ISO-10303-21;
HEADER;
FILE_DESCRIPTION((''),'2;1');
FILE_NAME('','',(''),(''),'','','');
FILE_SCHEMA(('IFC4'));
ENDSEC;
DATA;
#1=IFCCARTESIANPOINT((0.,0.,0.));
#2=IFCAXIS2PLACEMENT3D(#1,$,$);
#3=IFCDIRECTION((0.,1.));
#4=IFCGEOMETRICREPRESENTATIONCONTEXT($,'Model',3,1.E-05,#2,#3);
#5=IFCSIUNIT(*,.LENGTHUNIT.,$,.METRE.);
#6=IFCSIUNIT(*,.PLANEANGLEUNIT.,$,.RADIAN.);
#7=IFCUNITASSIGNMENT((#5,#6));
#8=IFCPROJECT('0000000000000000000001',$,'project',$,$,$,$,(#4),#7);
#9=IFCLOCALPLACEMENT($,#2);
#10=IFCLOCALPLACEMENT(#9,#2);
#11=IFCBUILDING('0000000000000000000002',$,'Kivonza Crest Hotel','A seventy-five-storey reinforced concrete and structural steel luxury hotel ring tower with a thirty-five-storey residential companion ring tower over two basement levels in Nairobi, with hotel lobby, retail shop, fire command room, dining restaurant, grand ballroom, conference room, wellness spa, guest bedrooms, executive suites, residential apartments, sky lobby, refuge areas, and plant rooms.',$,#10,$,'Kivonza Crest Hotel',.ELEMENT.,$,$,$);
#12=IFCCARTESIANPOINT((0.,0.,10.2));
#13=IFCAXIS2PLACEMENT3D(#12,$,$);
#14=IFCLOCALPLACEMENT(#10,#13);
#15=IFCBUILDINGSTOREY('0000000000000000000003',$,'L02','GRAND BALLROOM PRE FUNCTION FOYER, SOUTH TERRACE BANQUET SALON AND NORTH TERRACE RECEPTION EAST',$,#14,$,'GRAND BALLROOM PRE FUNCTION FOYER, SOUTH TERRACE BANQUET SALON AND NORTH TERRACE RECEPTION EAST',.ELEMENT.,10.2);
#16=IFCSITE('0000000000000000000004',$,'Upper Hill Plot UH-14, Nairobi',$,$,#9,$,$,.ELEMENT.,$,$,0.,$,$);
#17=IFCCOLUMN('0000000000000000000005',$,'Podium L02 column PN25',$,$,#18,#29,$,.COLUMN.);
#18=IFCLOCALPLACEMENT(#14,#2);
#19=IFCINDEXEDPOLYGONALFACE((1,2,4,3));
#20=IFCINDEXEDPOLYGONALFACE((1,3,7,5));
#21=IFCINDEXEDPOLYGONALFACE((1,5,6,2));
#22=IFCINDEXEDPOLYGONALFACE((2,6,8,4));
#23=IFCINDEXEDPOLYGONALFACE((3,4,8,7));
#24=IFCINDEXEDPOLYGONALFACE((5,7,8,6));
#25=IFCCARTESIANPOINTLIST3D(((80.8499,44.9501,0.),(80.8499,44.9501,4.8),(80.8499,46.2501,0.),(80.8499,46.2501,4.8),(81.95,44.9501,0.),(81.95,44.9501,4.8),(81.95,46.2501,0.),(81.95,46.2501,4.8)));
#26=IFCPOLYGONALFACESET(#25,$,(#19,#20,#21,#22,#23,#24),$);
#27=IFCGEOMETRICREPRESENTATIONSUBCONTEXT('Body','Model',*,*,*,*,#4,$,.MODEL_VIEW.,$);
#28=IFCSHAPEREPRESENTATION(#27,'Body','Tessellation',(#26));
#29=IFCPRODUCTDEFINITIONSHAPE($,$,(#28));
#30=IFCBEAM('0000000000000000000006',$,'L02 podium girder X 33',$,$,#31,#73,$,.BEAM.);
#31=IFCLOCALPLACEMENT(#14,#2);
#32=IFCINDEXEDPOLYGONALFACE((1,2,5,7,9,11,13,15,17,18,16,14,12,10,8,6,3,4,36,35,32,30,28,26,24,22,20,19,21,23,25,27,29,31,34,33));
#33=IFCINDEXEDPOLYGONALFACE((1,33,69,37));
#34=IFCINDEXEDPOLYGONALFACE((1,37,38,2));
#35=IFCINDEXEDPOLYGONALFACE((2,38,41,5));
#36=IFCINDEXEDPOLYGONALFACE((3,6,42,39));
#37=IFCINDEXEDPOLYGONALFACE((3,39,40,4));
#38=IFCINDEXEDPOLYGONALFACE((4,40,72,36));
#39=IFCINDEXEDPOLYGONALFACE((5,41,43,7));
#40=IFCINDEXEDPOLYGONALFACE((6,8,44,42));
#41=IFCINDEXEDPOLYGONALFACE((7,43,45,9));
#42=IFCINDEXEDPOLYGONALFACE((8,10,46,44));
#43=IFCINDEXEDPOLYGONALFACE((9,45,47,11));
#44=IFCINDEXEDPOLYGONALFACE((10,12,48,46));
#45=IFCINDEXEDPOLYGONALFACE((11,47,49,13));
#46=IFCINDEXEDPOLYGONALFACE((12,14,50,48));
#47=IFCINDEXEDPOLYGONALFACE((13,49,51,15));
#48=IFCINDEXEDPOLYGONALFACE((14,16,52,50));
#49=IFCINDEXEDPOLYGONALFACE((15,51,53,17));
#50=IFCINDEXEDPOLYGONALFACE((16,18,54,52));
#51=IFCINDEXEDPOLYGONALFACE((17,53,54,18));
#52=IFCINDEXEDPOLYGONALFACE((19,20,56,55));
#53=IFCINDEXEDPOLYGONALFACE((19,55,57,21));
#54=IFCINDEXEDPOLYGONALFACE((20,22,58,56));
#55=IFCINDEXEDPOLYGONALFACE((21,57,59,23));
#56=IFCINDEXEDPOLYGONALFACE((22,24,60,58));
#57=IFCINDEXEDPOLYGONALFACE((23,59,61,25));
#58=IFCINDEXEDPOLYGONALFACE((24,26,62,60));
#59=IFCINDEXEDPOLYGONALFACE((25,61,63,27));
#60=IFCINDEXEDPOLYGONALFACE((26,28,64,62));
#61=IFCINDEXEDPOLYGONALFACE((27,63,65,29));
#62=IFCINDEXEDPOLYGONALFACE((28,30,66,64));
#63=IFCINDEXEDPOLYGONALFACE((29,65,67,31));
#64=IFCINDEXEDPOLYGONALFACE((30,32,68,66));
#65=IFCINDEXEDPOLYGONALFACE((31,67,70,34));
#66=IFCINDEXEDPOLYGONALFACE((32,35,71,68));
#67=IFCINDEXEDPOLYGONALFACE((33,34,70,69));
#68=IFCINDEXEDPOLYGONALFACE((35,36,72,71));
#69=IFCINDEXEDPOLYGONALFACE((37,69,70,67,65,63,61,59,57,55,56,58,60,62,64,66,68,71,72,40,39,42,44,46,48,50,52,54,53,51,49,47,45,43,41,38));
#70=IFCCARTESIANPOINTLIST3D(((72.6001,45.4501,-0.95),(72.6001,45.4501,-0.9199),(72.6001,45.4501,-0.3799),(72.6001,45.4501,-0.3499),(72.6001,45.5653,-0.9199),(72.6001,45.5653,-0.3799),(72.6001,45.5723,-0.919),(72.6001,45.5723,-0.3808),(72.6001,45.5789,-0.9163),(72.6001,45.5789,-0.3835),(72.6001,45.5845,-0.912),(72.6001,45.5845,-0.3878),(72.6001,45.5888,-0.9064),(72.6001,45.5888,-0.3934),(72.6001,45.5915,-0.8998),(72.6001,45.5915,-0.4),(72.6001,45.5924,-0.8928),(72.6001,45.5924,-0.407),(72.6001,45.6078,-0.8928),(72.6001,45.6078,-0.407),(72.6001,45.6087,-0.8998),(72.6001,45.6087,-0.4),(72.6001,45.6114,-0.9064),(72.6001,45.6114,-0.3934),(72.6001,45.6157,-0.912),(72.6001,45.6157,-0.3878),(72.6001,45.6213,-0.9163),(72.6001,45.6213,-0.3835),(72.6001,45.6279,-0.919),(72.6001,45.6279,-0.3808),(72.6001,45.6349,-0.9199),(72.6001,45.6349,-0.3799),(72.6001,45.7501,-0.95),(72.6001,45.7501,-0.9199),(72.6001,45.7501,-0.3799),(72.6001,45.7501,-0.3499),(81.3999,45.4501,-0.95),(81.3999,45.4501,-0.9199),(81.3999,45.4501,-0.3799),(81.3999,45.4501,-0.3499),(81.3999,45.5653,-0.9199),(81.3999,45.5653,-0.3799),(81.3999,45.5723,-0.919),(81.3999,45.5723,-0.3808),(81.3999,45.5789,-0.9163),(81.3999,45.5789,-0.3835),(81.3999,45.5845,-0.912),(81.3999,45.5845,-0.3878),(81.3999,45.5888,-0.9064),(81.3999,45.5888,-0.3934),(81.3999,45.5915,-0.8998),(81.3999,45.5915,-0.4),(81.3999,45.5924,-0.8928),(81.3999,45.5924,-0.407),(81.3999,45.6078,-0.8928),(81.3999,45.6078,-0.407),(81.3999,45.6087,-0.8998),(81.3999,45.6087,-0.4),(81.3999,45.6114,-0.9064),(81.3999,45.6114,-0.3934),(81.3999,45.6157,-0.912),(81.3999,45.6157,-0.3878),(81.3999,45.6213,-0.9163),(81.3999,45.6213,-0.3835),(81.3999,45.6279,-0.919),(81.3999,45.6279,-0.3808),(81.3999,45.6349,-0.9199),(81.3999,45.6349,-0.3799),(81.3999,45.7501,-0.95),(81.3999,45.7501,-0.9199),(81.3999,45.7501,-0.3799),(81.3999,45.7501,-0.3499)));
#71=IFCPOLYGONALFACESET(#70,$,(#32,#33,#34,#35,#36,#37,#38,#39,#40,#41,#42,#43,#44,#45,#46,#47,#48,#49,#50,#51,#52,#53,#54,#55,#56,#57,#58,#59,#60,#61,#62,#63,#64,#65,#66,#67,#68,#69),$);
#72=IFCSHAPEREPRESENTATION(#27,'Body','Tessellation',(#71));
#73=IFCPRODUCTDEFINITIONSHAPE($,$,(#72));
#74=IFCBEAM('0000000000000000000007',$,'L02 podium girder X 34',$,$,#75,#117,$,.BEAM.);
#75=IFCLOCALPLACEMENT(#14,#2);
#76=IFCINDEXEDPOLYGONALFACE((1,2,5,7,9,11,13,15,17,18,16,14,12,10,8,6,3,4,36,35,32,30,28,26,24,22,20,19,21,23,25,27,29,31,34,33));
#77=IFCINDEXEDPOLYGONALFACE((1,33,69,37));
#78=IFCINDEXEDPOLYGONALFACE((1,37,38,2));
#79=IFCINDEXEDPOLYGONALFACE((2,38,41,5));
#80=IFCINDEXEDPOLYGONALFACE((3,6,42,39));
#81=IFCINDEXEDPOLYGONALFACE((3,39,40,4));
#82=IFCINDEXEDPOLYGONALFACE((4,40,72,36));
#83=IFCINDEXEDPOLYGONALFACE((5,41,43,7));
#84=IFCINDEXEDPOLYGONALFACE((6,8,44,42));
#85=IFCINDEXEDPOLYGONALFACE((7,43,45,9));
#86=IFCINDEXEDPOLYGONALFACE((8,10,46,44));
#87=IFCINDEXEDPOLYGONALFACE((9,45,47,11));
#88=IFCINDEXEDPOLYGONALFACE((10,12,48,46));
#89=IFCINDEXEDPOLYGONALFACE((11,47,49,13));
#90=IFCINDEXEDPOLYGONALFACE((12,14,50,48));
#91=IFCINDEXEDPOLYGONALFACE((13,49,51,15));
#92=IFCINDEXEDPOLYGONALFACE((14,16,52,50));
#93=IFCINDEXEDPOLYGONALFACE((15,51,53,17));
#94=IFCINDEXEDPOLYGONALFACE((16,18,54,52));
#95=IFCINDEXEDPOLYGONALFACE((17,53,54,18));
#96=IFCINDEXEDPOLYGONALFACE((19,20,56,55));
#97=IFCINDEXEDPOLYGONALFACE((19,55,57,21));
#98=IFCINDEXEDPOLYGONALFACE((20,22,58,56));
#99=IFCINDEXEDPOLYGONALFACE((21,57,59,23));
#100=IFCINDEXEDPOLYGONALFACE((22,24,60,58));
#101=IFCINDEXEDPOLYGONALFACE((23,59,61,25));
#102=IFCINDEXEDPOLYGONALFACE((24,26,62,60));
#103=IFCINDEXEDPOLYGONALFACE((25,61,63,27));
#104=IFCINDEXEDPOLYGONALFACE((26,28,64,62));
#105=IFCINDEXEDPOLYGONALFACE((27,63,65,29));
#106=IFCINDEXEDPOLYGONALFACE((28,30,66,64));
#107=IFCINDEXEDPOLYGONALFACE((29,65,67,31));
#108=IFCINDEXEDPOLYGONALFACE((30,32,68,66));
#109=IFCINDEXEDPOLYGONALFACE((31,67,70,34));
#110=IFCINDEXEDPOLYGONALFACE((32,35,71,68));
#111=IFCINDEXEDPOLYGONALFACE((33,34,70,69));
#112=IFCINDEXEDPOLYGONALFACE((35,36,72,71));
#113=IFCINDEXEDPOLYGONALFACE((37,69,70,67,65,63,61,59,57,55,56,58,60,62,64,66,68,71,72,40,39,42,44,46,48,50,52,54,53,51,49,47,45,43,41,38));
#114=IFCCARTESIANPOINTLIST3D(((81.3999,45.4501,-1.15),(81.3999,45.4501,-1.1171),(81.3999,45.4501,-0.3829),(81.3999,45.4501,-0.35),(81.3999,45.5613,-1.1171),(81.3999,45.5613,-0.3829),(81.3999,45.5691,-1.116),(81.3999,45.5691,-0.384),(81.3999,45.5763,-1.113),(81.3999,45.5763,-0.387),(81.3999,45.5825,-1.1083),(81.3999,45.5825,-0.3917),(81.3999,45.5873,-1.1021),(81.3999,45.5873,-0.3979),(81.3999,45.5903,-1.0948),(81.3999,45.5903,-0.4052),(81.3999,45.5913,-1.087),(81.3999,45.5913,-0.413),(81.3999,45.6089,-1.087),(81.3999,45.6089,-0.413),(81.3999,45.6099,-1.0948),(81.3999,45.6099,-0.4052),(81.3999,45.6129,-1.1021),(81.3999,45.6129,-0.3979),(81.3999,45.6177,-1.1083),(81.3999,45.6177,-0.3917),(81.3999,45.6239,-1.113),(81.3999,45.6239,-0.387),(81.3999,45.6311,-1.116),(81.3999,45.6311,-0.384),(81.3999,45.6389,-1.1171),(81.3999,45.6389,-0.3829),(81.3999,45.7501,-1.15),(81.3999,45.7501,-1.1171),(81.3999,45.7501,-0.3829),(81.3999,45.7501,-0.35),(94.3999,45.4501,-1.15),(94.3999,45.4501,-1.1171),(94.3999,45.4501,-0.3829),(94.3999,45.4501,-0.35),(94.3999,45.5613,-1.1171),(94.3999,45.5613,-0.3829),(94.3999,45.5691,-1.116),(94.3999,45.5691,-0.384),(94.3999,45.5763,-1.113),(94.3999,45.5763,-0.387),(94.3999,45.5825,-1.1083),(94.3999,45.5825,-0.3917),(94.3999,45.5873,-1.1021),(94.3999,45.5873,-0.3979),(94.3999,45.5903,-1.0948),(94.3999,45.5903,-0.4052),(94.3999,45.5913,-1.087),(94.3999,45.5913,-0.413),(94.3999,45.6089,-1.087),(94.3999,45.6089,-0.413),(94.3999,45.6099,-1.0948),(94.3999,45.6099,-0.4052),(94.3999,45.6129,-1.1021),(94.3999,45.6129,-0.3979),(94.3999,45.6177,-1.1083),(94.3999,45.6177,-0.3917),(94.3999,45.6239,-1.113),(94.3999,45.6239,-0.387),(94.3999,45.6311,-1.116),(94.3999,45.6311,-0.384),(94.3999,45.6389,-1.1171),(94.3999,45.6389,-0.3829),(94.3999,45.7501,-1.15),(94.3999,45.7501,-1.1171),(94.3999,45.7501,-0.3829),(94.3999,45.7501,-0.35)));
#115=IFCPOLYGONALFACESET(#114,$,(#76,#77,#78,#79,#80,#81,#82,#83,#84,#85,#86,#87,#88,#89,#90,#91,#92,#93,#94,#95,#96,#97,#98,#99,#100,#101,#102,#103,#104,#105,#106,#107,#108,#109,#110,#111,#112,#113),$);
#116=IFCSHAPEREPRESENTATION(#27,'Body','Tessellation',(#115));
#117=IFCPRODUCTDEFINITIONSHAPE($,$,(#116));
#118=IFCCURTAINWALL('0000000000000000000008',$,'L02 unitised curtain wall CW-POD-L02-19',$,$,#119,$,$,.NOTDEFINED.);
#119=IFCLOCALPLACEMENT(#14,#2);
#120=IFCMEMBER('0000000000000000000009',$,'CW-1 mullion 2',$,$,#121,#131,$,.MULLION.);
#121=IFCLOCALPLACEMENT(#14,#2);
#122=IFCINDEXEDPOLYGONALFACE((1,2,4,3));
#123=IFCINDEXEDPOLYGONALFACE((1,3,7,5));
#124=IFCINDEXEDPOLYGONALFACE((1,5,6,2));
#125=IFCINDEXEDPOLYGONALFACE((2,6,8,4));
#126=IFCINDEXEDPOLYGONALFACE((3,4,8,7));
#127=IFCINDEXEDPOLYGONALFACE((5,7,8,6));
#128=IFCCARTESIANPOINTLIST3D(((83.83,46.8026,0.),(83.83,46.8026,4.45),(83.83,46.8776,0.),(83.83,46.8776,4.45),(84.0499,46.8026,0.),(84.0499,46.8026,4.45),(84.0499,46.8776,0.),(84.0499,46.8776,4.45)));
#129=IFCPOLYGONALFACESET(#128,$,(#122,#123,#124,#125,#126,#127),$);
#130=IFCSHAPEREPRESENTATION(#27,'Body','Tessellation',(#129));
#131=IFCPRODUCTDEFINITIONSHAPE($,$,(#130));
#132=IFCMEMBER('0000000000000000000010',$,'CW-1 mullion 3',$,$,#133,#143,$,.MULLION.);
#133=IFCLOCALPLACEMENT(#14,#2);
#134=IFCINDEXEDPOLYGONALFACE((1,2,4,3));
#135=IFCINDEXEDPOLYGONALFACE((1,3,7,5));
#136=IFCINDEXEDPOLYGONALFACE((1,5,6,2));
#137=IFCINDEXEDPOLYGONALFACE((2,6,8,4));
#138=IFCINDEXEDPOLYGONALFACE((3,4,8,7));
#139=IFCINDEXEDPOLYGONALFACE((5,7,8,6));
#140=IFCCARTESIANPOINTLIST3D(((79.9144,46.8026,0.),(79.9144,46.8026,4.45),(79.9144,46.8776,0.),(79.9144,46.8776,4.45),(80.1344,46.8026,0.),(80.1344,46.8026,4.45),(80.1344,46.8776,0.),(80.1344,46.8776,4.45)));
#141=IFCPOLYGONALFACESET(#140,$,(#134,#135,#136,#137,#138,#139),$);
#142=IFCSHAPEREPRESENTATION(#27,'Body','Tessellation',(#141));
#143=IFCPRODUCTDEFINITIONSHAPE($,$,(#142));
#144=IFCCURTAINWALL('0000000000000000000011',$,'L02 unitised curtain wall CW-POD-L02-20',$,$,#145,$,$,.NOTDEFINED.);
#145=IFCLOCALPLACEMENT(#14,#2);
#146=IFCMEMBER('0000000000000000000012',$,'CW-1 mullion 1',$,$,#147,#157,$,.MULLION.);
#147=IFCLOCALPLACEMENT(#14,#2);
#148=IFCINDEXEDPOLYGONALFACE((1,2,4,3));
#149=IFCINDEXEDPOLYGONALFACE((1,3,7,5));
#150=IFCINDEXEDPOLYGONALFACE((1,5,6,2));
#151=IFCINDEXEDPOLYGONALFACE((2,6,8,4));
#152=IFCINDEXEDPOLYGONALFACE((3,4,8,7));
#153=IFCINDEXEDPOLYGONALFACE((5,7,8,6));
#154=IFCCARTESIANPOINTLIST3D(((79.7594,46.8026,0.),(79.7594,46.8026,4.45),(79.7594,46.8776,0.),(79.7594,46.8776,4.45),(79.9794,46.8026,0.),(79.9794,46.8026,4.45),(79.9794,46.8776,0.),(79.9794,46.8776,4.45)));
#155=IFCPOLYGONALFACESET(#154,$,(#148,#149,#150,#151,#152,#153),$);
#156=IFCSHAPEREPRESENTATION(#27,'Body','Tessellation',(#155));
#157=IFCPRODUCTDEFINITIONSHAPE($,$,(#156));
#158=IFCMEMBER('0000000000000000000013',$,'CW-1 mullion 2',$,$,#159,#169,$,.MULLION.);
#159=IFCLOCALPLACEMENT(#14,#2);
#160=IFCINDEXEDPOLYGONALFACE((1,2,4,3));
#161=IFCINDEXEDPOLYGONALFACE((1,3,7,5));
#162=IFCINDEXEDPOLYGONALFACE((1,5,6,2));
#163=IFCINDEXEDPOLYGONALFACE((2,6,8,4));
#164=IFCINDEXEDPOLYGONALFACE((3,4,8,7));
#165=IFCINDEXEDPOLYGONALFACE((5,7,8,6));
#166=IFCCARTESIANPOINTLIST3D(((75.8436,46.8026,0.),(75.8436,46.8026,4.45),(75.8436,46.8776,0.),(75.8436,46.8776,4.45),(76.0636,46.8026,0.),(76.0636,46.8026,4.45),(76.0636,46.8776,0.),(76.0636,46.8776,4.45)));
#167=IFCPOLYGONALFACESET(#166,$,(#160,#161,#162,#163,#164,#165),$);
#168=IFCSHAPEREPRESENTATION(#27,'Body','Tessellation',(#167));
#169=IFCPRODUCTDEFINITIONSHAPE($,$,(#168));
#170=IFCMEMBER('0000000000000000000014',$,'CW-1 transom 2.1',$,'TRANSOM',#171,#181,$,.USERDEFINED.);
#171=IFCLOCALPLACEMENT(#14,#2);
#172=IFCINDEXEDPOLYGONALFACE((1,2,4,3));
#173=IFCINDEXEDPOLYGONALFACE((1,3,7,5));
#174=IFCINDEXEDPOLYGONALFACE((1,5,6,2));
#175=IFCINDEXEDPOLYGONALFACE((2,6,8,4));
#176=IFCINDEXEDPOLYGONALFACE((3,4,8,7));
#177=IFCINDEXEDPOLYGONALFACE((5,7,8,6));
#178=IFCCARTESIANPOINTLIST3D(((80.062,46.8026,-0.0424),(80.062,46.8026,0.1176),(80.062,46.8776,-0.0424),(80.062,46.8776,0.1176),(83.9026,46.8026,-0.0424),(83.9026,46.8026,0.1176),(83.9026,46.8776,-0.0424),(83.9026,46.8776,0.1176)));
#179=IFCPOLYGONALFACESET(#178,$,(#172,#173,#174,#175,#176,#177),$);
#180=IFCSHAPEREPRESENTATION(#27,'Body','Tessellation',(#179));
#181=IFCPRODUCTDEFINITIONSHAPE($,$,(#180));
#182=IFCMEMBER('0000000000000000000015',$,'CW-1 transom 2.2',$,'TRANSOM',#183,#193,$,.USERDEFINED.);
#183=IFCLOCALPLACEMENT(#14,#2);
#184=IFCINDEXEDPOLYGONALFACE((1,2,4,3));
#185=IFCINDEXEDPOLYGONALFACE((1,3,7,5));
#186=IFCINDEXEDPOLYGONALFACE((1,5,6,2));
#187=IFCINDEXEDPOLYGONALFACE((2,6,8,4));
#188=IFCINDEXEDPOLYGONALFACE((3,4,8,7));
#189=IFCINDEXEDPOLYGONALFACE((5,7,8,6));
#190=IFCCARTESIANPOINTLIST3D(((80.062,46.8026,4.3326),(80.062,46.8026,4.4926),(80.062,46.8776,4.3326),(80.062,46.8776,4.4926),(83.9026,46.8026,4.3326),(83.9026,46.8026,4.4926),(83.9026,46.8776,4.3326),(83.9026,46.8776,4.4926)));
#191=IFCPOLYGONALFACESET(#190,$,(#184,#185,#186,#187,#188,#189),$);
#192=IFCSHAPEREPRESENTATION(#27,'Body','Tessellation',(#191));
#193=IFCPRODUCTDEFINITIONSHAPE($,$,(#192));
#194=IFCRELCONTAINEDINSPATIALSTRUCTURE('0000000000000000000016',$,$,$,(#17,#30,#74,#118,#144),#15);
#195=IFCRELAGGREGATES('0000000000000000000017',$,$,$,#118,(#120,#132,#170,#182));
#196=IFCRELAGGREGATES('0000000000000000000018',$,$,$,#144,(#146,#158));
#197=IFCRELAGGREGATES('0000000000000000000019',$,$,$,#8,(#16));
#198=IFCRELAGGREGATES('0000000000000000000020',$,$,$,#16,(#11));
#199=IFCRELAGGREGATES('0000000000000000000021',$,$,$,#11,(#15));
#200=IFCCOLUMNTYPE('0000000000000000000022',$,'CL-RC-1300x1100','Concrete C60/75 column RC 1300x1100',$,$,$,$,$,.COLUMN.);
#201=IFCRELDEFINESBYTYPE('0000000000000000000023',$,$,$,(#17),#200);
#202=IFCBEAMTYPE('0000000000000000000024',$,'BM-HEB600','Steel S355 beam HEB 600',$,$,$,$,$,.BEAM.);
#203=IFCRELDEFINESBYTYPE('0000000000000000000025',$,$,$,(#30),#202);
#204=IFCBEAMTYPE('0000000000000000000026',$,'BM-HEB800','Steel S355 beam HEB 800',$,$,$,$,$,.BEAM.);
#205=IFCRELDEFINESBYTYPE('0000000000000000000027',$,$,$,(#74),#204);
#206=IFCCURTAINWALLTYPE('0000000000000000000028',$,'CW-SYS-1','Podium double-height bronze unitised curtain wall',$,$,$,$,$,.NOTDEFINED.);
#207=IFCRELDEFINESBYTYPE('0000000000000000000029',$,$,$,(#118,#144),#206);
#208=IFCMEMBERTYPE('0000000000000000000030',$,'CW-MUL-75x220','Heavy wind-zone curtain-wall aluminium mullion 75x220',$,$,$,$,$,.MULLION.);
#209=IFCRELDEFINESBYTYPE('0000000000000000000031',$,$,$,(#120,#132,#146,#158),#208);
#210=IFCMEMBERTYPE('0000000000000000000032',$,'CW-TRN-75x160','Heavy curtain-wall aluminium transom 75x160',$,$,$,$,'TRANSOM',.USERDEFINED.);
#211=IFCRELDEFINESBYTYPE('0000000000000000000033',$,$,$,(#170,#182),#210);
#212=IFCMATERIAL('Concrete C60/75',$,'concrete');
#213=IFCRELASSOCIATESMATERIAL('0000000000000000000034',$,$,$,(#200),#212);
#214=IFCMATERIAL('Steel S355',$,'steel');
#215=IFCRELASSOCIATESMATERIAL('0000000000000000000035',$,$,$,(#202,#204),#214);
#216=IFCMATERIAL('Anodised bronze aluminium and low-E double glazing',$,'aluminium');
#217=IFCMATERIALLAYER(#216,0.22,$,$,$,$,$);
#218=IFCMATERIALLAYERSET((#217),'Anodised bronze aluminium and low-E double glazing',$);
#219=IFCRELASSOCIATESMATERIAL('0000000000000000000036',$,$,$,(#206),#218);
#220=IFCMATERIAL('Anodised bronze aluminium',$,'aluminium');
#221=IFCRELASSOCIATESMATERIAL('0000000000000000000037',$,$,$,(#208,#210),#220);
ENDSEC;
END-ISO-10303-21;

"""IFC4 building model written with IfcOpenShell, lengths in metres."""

from ifc_helpers import new_model, si_unit, direction, frame, origin, origin_2d, place, context, subcontext, project, spatial, rectangle, i_section, extrude, material, layer, layer_set, material_profile, profile_set, type_object, element, aggregate, save


model = new_model("IFC4")

# Units and contexts
model_context = context("Model", 3, precision=1e-05, world=origin(), true_north=direction((0.0, 1.0)))
body_context = subcontext(model_context, "Body", "Model", "MODEL_VIEW")
ifc_project = project(units=[si_unit("LENGTHUNIT", "METRE"), si_unit("PLANEANGLEUNIT", "RADIAN")], contexts=[model_context])

# Site, building, storey
site_placement = place(None, origin())
site = spatial("IfcSite", under=ifc_project, at=site_placement, Name="Upper Hill Plot UH-14, Nairobi", CompositionType="ELEMENT", RefElevation=0.0)
building_placement = place(site_placement, origin())
building = spatial("IfcBuilding", under=site, at=building_placement, Name="Kivonza Crest Hotel", Description="A seventy-five-storey reinforced concrete and structural steel luxury hotel ring tower with a thirty-five-storey residential companion ring tower over two basement levels in Nairobi, with hotel lobby, retail shop, fire command room, dining restaurant, grand ballroom, conference room, wellness spa, guest bedrooms, executive suites, residential apartments, sky lobby, refuge areas, and plant rooms.", LongName="Kivonza Crest Hotel", CompositionType="ELEMENT")
storey_placement = place(building_placement, frame((0.0, 0.0, 10.2)))
storey = spatial("IfcBuildingStorey", under=building, at=storey_placement, Name="L02", Description="GRAND BALLROOM PRE FUNCTION FOYER, SOUTH TERRACE BANQUET SALON AND NORTH TERRACE RECEPTION EAST", LongName="GRAND BALLROOM PRE FUNCTION FOYER, SOUTH TERRACE BANQUET SALON AND NORTH TERRACE RECEPTION EAST", CompositionType="ELEMENT", Elevation=10.2)

# Column
ifc_material_1 = material(Name="Concrete C60/75", Category="concrete")
ifc_material_profile_1 = material_profile(ifc_material_1, rectangle(XDim=1.1001, YDim=1.3, at=origin_2d()), Name="RC 1300x1100")
ifc_profile_set_1 = profile_set([ifc_material_profile_1], Name="Concrete C60/75")
column_type = type_object("IfcColumnType", Name="CL-RC-1300x1100", Description="Concrete C60/75 column RC 1300x1100", PredefinedType="COLUMN", material=ifc_profile_set_1)
column_placement = place(storey_placement, frame((81.3999, 45.6001, 0.0), z_axis=(0.0, 0.0, 1.0), x_axis=(1.0, 0.0, 0.0)))
element("IfcColumn", 1, at=column_placement, inside=storey, type_object=column_type, Name="Podium L02 column PN25", PredefinedType="COLUMN", context=body_context, shape_type="SweptSolid", body=[
    extrude(rectangle(XDim=1.1001, YDim=1.3, at=origin_2d()), origin(), (0.0, 0.0, 1.0), 4.8),
])

# Beams
ifc_material_2 = material(Name="Steel S355", Category="steel")
ifc_material_profile_2 = material_profile(ifc_material_2, i_section(OverallWidth=0.3, OverallDepth=0.6001, WebThickness=0.0154, FlangeThickness=0.03, FilletRadius=0.0271, at=origin_2d()), Name="HEB 600")
ifc_profile_set_2 = profile_set([ifc_material_profile_2], Name="Steel S355")
beam_type_1 = type_object("IfcBeamType", Name="BM-HEB600", Description="Steel S355 beam HEB 600", PredefinedType="BEAM", material=ifc_profile_set_2)
beam_1_placement = place(storey_placement, frame((72.6001, 45.6001, -0.6499), z_axis=(1.0, 0.0, 0.0), x_axis=(0.0, 1.0, 0.0)))
element("IfcBeam", 2, at=beam_1_placement, inside=storey, type_object=beam_type_1, Name="L02 podium girder X 33", PredefinedType="BEAM", context=body_context, shape_type="SweptSolid", body=[
    extrude(i_section(OverallWidth=0.3, OverallDepth=0.6001, WebThickness=0.0154, FlangeThickness=0.03, FilletRadius=0.0271, at=origin_2d()), origin(), (0.0, 0.0, 1.0), 8.7998),
])
ifc_material_profile_3 = material_profile(ifc_material_2, i_section(OverallWidth=0.3, OverallDepth=0.8, WebThickness=0.0176, FlangeThickness=0.033, FilletRadius=0.03, at=origin_2d()), Name="HEB 800")
ifc_profile_set_3 = profile_set([ifc_material_profile_3], Name="Steel S355")
beam_type_2 = type_object("IfcBeamType", Name="BM-HEB800", Description="Steel S355 beam HEB 800", PredefinedType="BEAM", material=ifc_profile_set_3)
beam_2_placement = place(storey_placement, frame((81.3999, 45.6001, -0.75), z_axis=(1.0, 0.0, 0.0), x_axis=(0.0, 1.0, 0.0)))
element("IfcBeam", 3, at=beam_2_placement, inside=storey, type_object=beam_type_2, Name="L02 podium girder X 34", PredefinedType="BEAM", context=body_context, shape_type="SweptSolid", body=[
    extrude(i_section(OverallWidth=0.3, OverallDepth=0.8, WebThickness=0.0176, FlangeThickness=0.033, FilletRadius=0.03, at=origin_2d()), origin(), (0.0, 0.0, 1.0), 13.0),
])

# Curtain walls, members
ifc_material_3 = material(Name="Anodised bronze aluminium and low-E double glazing", Category="aluminium")
ifc_layer_1 = layer(ifc_material_3, 0.22)
ifc_layer_set_1 = layer_set([ifc_layer_1], Name="Anodised bronze aluminium and low-E double glazing")
curtain_wall_type = type_object("IfcCurtainWallType", Name="CW-SYS-1", Description="Podium double-height bronze unitised curtain wall", PredefinedType="NOTDEFINED", material=ifc_layer_set_1)
curtain_wall_1_placement = place(storey_placement, origin())
curtain_wall_1 = element("IfcCurtainWall", 4, at=curtain_wall_1_placement, inside=storey, type_object=curtain_wall_type, Name="L02 unitised curtain wall CW-POD-L02-19", PredefinedType="NOTDEFINED")
ifc_material_4 = material(Name="Anodised bronze aluminium", Category="aluminium")
ifc_material_profile_4 = material_profile(ifc_material_4, rectangle(XDim=0.075, YDim=0.22, at=origin_2d()), Name="CW-M 75x220")
ifc_profile_set_4 = profile_set([ifc_material_profile_4], Name="Anodised bronze aluminium")
member_type_1 = type_object("IfcMemberType", Name="CW-MUL-75x220", Description="Heavy wind-zone curtain-wall aluminium mullion 75x220", PredefinedType="MULLION", material=ifc_profile_set_4)
member_1_placement = place(storey_placement, frame((83.9399, 46.8401, 0.0), z_axis=(0.0, 0.0, 1.0), x_axis=(0.0, -1.0, 0.0)))
member_1 = element("IfcMember", 5, at=member_1_placement, type_object=member_type_1, Name="CW-1 mullion 2", PredefinedType="MULLION", context=body_context, shape_type="SweptSolid", body=[
    extrude(rectangle(XDim=0.075, YDim=0.22, at=origin_2d()), origin(), (0.0, 0.0, 1.0), 4.45),
])
member_2_placement = place(storey_placement, frame((80.0244, 46.8401, 0.0), z_axis=(0.0, 0.0, 1.0), x_axis=(0.0, -1.0, 0.0)))
member_2 = element("IfcMember", 6, at=member_2_placement, type_object=member_type_1, Name="CW-1 mullion 3", PredefinedType="MULLION", context=body_context, shape_type="SweptSolid", body=[
    extrude(rectangle(XDim=0.075, YDim=0.22, at=origin_2d()), origin(), (0.0, 0.0, 1.0), 4.45),
])
curtain_wall_2_placement = place(storey_placement, origin())
curtain_wall_2 = element("IfcCurtainWall", 7, at=curtain_wall_2_placement, inside=storey, type_object=curtain_wall_type, Name="L02 unitised curtain wall CW-POD-L02-20", PredefinedType="NOTDEFINED")
member_3_placement = place(storey_placement, frame((79.8694, 46.8401, 0.0), z_axis=(0.0, 0.0, 1.0), x_axis=(0.0, -1.0, 0.0)))
member_3 = element("IfcMember", 8, at=member_3_placement, type_object=member_type_1, Name="CW-1 mullion 1", PredefinedType="MULLION", context=body_context, shape_type="SweptSolid", body=[
    extrude(rectangle(XDim=0.075, YDim=0.22, at=origin_2d()), origin(), (0.0, 0.0, 1.0), 4.45),
])
member_4_placement = place(storey_placement, frame((75.9536, 46.8401, 0.0), z_axis=(0.0, 0.0, 1.0), x_axis=(0.0, -1.0, 0.0)))
member_4 = element("IfcMember", 9, at=member_4_placement, type_object=member_type_1, Name="CW-1 mullion 2", PredefinedType="MULLION", context=body_context, shape_type="SweptSolid", body=[
    extrude(rectangle(XDim=0.075, YDim=0.22, at=origin_2d()), origin(), (0.0, 0.0, 1.0), 4.45),
])

# Members
ifc_material_profile_5 = material_profile(ifc_material_4, rectangle(XDim=0.075, YDim=0.1599, at=origin_2d()), Name="CW-T 75x160")
ifc_profile_set_5 = profile_set([ifc_material_profile_5], Name="Anodised bronze aluminium")
member_type_2 = type_object("IfcMemberType", Name="CW-TRN-75x160", Description="Heavy curtain-wall aluminium transom 75x160", ElementType="TRANSOM", PredefinedType="USERDEFINED", material=ifc_profile_set_5)
member_5_placement = place(storey_placement, frame((83.9026, 46.8401, 0.0376), z_axis=(-1.0, 0.0, 0.0), x_axis=(0.0, -1.0, 0.0)))
member_5 = element("IfcMember", 10, at=member_5_placement, type_object=member_type_2, Name="CW-1 transom 2.1", ObjectType="TRANSOM", PredefinedType="USERDEFINED", context=body_context, shape_type="SweptSolid", body=[
    extrude(rectangle(XDim=0.075, YDim=0.1599, at=origin_2d()), origin(), (0.0, 0.0, 1.0), 3.8406),
])
member_6_placement = place(storey_placement, frame((83.9026, 46.8401, 4.4126), z_axis=(-1.0, 0.0, 0.0), x_axis=(0.0, -1.0, 0.0)))
member_6 = element("IfcMember", 11, at=member_6_placement, type_object=member_type_2, Name="CW-1 transom 2.2", ObjectType="TRANSOM", PredefinedType="USERDEFINED", context=body_context, shape_type="SweptSolid", body=[
    extrude(rectangle(XDim=0.075, YDim=0.1599, at=origin_2d()), origin(), (0.0, 0.0, 1.0), 3.8406),
])

aggregate(curtain_wall_1, [member_1, member_2, member_5, member_6])
aggregate(curtain_wall_2, [member_3, member_4])

save(model, "model.ifc")
